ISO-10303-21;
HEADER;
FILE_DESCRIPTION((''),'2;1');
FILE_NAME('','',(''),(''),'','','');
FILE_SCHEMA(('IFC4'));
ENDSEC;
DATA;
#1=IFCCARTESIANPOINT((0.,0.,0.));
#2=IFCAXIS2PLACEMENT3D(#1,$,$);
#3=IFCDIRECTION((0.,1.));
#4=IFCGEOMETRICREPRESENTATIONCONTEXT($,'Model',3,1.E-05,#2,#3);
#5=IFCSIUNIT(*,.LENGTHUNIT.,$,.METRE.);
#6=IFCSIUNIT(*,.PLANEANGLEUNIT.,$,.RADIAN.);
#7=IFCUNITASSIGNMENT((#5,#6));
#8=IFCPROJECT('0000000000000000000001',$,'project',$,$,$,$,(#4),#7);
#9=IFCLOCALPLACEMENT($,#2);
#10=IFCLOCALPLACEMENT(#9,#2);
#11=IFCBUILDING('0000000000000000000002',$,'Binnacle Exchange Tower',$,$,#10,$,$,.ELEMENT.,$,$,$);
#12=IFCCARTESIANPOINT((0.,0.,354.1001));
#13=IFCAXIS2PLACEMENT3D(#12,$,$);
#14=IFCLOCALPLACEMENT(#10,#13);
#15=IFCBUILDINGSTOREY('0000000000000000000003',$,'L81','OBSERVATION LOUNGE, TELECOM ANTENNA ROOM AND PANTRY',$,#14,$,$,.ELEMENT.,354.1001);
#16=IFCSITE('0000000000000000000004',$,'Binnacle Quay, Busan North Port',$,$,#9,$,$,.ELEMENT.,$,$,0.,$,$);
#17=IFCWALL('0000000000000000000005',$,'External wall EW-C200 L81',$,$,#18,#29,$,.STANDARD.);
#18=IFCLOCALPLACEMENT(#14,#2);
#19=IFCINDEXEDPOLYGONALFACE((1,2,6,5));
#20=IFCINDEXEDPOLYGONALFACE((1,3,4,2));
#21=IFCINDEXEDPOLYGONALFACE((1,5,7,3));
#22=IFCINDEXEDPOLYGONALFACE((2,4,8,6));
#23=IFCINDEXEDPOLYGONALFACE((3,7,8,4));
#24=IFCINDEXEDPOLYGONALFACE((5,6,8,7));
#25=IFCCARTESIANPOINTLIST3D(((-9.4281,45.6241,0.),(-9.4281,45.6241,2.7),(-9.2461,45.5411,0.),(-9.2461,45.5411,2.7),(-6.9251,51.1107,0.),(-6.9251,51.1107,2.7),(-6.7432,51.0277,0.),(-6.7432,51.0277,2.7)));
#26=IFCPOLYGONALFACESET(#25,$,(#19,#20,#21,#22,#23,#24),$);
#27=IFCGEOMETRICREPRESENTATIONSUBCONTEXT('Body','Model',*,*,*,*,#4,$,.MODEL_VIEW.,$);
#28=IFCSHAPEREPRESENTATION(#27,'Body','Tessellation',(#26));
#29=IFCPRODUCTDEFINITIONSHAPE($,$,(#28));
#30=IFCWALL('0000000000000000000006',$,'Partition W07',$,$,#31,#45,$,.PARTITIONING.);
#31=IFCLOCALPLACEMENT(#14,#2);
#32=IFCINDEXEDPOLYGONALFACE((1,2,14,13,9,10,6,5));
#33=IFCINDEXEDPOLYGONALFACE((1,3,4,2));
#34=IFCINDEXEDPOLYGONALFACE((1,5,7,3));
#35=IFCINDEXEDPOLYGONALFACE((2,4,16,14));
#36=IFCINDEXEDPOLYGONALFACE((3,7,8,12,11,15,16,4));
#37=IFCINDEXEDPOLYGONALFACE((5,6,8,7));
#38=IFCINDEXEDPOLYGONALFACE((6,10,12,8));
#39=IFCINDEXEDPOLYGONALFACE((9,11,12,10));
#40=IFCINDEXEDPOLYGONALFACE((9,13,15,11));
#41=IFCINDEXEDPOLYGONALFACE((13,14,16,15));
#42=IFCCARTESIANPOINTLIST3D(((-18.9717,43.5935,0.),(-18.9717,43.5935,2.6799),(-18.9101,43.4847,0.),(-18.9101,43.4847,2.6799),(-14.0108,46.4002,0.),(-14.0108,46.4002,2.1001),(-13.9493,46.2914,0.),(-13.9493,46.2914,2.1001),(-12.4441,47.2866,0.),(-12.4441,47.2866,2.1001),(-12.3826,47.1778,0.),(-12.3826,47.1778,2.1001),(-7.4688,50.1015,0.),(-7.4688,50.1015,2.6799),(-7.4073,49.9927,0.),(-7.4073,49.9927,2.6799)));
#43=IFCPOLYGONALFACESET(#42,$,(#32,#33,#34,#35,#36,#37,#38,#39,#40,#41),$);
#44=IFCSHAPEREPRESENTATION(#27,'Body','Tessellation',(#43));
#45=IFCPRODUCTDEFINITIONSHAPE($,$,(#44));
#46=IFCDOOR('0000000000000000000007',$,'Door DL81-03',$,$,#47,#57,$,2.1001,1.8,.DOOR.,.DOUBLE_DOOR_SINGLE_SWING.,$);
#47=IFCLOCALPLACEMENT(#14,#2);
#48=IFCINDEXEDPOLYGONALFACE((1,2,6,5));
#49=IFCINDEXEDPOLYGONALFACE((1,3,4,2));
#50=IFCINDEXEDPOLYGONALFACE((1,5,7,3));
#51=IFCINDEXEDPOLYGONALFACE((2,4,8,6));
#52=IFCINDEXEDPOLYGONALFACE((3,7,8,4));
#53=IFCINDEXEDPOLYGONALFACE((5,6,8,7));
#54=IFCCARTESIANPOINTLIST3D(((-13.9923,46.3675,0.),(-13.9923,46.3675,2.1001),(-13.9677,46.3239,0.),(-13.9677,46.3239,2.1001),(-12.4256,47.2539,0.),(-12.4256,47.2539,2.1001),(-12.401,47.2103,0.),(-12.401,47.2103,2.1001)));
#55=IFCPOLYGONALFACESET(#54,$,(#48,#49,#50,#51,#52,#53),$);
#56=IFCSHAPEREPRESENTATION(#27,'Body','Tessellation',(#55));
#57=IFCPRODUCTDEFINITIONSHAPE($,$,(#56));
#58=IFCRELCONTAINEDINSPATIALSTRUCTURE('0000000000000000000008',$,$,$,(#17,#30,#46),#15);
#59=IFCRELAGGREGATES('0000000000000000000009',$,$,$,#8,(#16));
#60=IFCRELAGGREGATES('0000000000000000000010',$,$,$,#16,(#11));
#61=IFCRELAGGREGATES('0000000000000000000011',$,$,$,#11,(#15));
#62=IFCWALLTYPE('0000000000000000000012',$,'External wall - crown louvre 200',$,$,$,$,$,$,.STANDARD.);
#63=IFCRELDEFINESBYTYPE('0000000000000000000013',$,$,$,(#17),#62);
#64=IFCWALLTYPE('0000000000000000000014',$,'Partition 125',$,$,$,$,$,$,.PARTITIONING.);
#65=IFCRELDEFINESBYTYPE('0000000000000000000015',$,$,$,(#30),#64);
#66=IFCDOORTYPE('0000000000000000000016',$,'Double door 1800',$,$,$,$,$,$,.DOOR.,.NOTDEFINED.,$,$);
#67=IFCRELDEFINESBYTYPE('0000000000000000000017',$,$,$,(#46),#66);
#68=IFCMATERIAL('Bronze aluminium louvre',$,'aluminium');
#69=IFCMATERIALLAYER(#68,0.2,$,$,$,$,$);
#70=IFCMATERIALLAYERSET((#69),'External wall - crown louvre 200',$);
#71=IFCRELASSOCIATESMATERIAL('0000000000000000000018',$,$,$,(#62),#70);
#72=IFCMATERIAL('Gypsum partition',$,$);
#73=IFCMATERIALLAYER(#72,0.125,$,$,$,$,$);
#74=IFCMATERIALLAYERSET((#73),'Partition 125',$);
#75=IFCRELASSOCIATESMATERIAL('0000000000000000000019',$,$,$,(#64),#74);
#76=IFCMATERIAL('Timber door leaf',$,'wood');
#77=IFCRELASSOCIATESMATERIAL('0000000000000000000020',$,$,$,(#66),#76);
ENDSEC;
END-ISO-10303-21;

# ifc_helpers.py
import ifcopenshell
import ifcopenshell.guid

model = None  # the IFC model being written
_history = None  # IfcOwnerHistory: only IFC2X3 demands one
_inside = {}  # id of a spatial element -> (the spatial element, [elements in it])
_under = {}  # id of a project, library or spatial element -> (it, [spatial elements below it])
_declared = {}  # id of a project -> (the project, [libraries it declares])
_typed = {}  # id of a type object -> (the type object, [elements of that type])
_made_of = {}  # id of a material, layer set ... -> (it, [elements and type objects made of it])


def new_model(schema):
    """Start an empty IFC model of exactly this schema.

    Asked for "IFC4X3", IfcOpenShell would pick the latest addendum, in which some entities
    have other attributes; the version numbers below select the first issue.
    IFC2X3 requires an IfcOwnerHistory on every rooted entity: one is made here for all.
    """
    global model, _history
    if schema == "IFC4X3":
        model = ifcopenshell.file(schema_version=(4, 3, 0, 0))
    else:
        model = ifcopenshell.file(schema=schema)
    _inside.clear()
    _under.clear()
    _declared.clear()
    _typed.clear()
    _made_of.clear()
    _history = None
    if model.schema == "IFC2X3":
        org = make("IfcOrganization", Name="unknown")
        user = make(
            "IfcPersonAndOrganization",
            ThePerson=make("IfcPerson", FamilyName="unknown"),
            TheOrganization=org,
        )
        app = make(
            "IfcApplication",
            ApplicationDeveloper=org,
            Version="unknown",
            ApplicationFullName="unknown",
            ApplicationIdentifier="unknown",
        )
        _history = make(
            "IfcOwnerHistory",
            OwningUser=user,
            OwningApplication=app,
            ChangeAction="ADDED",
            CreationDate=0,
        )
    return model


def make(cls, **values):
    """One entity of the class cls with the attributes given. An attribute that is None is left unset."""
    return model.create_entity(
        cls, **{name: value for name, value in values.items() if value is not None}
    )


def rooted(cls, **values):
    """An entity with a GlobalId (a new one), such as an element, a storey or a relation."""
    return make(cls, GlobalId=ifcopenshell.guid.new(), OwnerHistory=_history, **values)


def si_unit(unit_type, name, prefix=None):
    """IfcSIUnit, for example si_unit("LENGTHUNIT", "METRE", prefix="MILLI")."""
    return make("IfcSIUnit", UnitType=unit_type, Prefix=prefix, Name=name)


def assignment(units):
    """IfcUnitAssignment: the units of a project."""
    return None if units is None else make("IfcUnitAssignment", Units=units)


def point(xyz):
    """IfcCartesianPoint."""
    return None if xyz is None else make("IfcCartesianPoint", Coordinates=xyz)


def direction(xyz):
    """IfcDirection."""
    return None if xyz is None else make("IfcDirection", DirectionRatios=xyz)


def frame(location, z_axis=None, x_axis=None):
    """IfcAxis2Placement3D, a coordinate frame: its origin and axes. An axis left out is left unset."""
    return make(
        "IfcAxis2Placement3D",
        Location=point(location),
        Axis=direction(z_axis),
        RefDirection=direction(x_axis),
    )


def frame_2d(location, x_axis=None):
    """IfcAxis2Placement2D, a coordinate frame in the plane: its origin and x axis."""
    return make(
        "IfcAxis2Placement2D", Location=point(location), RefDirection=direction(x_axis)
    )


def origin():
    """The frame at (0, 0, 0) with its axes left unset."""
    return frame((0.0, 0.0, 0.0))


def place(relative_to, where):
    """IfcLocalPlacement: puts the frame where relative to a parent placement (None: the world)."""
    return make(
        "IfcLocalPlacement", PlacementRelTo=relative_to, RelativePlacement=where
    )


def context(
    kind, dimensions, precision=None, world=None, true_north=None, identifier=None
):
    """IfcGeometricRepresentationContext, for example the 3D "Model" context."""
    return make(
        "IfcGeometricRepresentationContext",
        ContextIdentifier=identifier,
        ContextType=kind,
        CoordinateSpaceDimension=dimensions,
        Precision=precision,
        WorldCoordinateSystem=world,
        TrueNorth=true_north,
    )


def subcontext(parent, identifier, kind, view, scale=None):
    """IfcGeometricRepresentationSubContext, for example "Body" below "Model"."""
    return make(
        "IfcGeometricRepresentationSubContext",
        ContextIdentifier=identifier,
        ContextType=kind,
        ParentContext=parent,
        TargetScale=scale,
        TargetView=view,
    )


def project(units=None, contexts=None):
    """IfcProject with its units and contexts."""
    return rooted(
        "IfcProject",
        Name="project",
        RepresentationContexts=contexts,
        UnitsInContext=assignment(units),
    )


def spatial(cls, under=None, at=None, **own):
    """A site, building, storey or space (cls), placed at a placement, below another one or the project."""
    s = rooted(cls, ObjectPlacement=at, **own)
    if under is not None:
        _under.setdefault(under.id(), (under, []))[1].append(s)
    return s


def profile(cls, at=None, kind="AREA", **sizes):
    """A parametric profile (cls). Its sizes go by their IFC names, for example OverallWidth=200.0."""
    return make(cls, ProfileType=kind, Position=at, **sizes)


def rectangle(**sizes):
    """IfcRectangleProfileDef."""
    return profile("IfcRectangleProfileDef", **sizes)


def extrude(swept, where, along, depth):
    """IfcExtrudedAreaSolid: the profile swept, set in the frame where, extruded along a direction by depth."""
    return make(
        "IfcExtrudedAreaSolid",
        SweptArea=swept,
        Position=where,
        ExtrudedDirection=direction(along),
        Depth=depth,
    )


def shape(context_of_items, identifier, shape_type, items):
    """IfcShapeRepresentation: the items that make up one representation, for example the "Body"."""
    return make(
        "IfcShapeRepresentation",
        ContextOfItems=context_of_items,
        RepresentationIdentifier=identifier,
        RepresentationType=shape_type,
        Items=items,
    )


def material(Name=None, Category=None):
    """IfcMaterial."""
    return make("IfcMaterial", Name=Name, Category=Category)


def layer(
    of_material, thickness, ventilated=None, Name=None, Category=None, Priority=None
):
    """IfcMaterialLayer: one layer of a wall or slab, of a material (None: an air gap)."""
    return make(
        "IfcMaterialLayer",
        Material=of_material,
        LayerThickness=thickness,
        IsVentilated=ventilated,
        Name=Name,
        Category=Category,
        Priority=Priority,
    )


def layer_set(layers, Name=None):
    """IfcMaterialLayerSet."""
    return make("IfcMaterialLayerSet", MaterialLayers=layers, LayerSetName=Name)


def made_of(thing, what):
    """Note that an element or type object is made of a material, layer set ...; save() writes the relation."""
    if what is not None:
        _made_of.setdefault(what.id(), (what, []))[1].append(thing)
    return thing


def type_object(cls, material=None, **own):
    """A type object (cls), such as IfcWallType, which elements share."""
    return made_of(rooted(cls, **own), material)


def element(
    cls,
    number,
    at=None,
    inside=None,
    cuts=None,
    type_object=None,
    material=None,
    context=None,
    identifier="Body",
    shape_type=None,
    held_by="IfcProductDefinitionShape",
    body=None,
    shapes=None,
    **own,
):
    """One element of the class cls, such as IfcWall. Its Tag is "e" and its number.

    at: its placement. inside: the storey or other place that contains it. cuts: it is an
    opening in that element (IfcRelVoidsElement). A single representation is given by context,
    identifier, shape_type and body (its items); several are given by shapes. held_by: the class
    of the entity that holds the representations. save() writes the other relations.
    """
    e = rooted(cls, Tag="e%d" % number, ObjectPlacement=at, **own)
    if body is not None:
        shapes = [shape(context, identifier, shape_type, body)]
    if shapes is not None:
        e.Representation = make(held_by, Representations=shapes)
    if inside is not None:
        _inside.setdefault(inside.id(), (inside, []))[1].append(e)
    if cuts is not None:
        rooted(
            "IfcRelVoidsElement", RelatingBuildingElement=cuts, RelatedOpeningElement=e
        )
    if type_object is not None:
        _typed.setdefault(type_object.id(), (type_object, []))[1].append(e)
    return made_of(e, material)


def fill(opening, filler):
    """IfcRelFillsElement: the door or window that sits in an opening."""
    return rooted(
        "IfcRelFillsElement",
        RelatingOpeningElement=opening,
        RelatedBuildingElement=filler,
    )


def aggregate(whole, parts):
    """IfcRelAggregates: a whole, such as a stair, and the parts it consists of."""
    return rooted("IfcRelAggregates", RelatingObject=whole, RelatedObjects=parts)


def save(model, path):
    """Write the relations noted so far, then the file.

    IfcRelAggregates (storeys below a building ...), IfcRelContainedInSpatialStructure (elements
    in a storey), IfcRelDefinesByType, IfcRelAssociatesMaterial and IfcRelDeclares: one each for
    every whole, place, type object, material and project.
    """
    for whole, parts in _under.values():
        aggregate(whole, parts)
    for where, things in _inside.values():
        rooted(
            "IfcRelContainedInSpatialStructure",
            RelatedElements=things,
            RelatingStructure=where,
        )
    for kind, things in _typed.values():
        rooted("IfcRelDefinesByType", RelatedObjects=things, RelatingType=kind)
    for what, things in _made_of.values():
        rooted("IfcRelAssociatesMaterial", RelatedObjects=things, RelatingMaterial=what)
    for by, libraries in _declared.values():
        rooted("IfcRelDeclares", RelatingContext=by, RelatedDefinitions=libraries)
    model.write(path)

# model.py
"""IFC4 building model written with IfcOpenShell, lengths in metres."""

from ifc_helpers import new_model, si_unit, direction, frame, frame_2d, origin, place, context, subcontext, project, spatial, rectangle, extrude, material, layer, layer_set, type_object, element, fill, save


model = new_model("IFC4")

# Units and contexts
model_context = context("Model", 3, precision=1e-05, world=origin(), true_north=direction((0.0, 1.0)))
body_context = subcontext(model_context, "Body", "Model", "MODEL_VIEW")
ifc_project = project(units=[si_unit("LENGTHUNIT", "METRE"), si_unit("PLANEANGLEUNIT", "RADIAN")], contexts=[model_context])

# Site, building, storey
site_placement = place(None, origin())
site = spatial("IfcSite", under=ifc_project, at=site_placement, Name="Binnacle Quay, Busan North Port", CompositionType="ELEMENT", RefElevation=0.0)
building_placement = place(site_placement, origin())
building = spatial("IfcBuilding", under=site, at=building_placement, Name="Binnacle Exchange Tower", CompositionType="ELEMENT")
storey_placement = place(building_placement, frame((0.0, 0.0, 354.1001)))
storey = spatial("IfcBuildingStorey", under=building, at=storey_placement, Name="L81", Description="OBSERVATION LOUNGE, TELECOM ANTENNA ROOM AND PANTRY", CompositionType="ELEMENT", Elevation=354.1001)

# Wall
ifc_material_1 = material(Name="Bronze aluminium louvre", Category="aluminium")
ifc_layer_1 = layer(ifc_material_1, 0.2)
ifc_layer_set_1 = layer_set([ifc_layer_1], Name="External wall - crown louvre 200")
wall_type_1 = type_object("IfcWallType", Name="External wall - crown louvre 200", PredefinedType="STANDARD", material=ifc_layer_set_1)
wall_1_placement = place(storey_placement, frame((-6.8342, 51.0691, 0.0), z_axis=(0.0, 0.0, 1.0), x_axis=(-0.415044, -0.909801, 0.0)))
element("IfcWall", 1, at=wall_1_placement, inside=storey, type_object=wall_type_1, Name="External wall EW-C200 L81", PredefinedType="STANDARD", context=body_context, shape_type="SweptSolid", body=[
    extrude(rectangle(XDim=6.0305, YDim=0.2, at=frame_2d((3.0151, 0.0))), origin(), (0.0, 0.0, 1.0), 2.7),
])

# Wall, opening, door
ifc_material_2 = material(Name="Gypsum partition")
ifc_layer_2 = layer(ifc_material_2, 0.125)
ifc_layer_set_2 = layer_set([ifc_layer_2], Name="Partition 125")
wall_type_2 = type_object("IfcWallType", Name="Partition 125", PredefinedType="PARTITIONING", material=ifc_layer_set_2)
wall_2_placement = place(storey_placement, frame((-18.9409, 43.5391, 0.0), z_axis=(0.0, 0.0, 1.0), x_axis=(0.870355, 0.492424, 0.0)))
wall_2 = element("IfcWall", 2, at=wall_2_placement, inside=storey, type_object=wall_type_2, Name="Partition W07", PredefinedType="PARTITIONING", context=body_context, shape_type="SweptSolid", body=[
    extrude(rectangle(XDim=13.2163, YDim=0.125, at=frame_2d((6.6082, 0.0))), origin(), (0.0, 0.0, 1.0), 2.6799),
])
opening_placement = place(wall_2_placement, frame((5.7, 0.0, 0.0)))
opening = element("IfcOpeningElement", 3, at=opening_placement, cuts=wall_2, PredefinedType="OPENING", context=body_context, shape_type="SweptSolid", body=[
    extrude(rectangle(XDim=1.8, YDim=2.1001, at=frame_2d((0.8999, 1.05))), frame((0.0, 0.0725, 0.0), z_axis=(0.0, -1.0, 0.0), x_axis=(1.0, 0.0, 0.0)), (0.0, 0.0, 1.0), 0.145),
])
ifc_material_3 = material(Name="Timber door leaf", Category="wood")
door_type = type_object("IfcDoorType", Name="Double door 1800", OperationType="NOTDEFINED", PredefinedType="DOOR", material=ifc_material_3)
door_placement = place(opening_placement, origin())
door = element("IfcDoor", 4, at=door_placement, inside=storey, type_object=door_type, Name="Door DL81-03", OperationType="DOUBLE_DOOR_SINGLE_SWING", OverallHeight=2.1001, OverallWidth=1.8, PredefinedType="DOOR", context=body_context, shape_type="SweptSolid", body=[
    extrude(rectangle(XDim=1.8, YDim=2.1001, at=frame_2d((0.8999, 1.05))), frame((0.0, 0.0249, 0.0), z_axis=(0.0, -1.0, 0.0), x_axis=(1.0, 0.0, 0.0)), (0.0, 0.0, 1.0), 0.05),
])
fill(opening, door)

save(model, "model.ifc")
